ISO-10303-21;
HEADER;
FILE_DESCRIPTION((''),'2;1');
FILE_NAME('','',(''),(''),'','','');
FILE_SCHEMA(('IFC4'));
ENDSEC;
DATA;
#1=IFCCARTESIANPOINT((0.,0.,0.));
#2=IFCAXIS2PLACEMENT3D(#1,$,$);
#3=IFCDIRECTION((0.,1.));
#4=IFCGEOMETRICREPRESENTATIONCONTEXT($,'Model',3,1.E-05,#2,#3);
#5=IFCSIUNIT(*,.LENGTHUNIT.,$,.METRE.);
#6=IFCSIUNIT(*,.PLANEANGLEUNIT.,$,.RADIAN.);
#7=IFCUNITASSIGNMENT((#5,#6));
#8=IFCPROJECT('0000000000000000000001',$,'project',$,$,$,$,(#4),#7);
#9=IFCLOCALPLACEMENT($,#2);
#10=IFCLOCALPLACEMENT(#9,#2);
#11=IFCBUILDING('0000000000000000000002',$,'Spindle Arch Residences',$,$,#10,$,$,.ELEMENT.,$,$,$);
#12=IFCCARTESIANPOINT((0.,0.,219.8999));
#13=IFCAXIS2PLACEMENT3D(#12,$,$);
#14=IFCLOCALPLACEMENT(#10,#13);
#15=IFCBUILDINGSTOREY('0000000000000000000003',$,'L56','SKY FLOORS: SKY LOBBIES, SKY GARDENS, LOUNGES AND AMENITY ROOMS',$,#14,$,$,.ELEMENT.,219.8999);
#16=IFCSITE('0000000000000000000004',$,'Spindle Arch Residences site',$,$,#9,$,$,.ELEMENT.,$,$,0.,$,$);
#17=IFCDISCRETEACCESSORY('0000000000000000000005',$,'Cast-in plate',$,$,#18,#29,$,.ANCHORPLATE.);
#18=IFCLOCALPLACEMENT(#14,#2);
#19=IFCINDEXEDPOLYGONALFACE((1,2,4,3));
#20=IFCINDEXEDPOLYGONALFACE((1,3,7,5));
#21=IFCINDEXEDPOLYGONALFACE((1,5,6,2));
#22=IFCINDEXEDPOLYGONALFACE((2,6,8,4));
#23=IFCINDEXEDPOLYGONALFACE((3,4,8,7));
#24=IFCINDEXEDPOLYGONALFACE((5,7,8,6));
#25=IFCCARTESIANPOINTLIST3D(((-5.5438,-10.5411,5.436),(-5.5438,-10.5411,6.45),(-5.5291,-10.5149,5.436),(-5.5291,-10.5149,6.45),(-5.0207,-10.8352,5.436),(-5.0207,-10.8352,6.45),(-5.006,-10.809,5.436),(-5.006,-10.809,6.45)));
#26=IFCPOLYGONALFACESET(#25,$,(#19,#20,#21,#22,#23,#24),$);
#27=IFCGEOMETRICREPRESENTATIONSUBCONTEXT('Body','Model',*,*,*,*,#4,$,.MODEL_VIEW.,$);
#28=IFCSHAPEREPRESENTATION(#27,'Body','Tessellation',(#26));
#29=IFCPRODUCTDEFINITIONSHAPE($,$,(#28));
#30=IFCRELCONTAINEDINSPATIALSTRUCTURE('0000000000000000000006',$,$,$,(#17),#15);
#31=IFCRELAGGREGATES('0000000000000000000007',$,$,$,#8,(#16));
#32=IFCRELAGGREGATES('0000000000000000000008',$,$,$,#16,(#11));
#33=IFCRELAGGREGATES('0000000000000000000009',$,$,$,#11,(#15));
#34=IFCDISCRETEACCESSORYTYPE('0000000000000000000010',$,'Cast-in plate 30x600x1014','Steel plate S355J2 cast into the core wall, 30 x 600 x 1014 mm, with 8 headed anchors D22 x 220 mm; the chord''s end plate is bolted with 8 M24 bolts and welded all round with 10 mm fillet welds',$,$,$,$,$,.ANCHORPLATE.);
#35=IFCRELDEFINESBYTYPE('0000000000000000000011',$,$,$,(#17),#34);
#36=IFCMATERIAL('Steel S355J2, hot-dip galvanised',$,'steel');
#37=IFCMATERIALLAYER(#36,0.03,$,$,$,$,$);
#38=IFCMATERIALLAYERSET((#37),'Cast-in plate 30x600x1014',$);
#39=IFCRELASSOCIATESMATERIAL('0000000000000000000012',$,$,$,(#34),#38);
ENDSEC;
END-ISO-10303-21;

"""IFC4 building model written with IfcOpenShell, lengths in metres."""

from ifc_helpers import new_model, si_unit, direction, frame, origin, origin_2d, place, context, subcontext, project, spatial, rectangle, extrude, material, layer, layer_set, type_object, element, save


model = new_model("IFC4")

# Units and contexts
model_context = context("Model", 3, precision=1e-05, world=origin(), true_north=direction((0.0, 1.0)))
body_context = subcontext(model_context, "Body", "Model", "MODEL_VIEW")
ifc_project = project(units=[si_unit("LENGTHUNIT", "METRE"), si_unit("PLANEANGLEUNIT", "RADIAN")], contexts=[model_context])

# Site, building, storey
site_placement = place(None, origin())
site = spatial("IfcSite", under=ifc_project, at=site_placement, Name="Spindle Arch Residences site", CompositionType="ELEMENT", RefElevation=0.0)
building_placement = place(site_placement, origin())
building = spatial("IfcBuilding", under=site, at=building_placement, Name="Spindle Arch Residences", CompositionType="ELEMENT")
storey_placement = place(building_placement, frame((0.0, 0.0, 219.8999)))
storey = spatial("IfcBuildingStorey", under=building, at=storey_placement, Name="L56", Description="SKY FLOORS: SKY LOBBIES, SKY GARDENS, LOUNGES AND AMENITY ROOMS", CompositionType="ELEMENT", Elevation=219.8999)

# Discrete accessory
ifc_material_1 = material(Name="Steel S355J2, hot-dip galvanised", Category="steel")
ifc_layer_1 = layer(ifc_material_1, 0.03)
ifc_layer_set_1 = layer_set([ifc_layer_1], Name="Cast-in plate 30x600x1014")
discrete_accessory_type = type_object("IfcDiscreteAccessoryType", Name="Cast-in plate 30x600x1014", Description="Steel plate S355J2 cast into the core wall, 30 x 600 x 1014 mm, with 8 headed anchors D22 x 220 mm; the chord's end plate is bolted with 8 M24 bolts and welded all round with 10 mm fillet welds", PredefinedType="ANCHORPLATE", material=ifc_layer_set_1)
for number, where, z_axis, x_axis, name in (
    (1, (-5.2749, -10.675, 5.436), (0.0, 0.0, 1.0), (-0.490085, -0.871674, 0.0), "Cast-in plate"),
):
    element("IfcDiscreteAccessory", number, at=place(storey_placement, frame(where, z_axis=z_axis, x_axis=x_axis)), inside=storey, type_object=discrete_accessory_type, Name=name, PredefinedType="ANCHORPLATE", context=body_context, shape_type="SweptSolid", body=[
        extrude(rectangle(XDim=0.03, YDim=0.6001, at=origin_2d()), origin(), (0.0, 0.0, 1.0), 1.0139),
    ])

save(model, "model.ifc")
